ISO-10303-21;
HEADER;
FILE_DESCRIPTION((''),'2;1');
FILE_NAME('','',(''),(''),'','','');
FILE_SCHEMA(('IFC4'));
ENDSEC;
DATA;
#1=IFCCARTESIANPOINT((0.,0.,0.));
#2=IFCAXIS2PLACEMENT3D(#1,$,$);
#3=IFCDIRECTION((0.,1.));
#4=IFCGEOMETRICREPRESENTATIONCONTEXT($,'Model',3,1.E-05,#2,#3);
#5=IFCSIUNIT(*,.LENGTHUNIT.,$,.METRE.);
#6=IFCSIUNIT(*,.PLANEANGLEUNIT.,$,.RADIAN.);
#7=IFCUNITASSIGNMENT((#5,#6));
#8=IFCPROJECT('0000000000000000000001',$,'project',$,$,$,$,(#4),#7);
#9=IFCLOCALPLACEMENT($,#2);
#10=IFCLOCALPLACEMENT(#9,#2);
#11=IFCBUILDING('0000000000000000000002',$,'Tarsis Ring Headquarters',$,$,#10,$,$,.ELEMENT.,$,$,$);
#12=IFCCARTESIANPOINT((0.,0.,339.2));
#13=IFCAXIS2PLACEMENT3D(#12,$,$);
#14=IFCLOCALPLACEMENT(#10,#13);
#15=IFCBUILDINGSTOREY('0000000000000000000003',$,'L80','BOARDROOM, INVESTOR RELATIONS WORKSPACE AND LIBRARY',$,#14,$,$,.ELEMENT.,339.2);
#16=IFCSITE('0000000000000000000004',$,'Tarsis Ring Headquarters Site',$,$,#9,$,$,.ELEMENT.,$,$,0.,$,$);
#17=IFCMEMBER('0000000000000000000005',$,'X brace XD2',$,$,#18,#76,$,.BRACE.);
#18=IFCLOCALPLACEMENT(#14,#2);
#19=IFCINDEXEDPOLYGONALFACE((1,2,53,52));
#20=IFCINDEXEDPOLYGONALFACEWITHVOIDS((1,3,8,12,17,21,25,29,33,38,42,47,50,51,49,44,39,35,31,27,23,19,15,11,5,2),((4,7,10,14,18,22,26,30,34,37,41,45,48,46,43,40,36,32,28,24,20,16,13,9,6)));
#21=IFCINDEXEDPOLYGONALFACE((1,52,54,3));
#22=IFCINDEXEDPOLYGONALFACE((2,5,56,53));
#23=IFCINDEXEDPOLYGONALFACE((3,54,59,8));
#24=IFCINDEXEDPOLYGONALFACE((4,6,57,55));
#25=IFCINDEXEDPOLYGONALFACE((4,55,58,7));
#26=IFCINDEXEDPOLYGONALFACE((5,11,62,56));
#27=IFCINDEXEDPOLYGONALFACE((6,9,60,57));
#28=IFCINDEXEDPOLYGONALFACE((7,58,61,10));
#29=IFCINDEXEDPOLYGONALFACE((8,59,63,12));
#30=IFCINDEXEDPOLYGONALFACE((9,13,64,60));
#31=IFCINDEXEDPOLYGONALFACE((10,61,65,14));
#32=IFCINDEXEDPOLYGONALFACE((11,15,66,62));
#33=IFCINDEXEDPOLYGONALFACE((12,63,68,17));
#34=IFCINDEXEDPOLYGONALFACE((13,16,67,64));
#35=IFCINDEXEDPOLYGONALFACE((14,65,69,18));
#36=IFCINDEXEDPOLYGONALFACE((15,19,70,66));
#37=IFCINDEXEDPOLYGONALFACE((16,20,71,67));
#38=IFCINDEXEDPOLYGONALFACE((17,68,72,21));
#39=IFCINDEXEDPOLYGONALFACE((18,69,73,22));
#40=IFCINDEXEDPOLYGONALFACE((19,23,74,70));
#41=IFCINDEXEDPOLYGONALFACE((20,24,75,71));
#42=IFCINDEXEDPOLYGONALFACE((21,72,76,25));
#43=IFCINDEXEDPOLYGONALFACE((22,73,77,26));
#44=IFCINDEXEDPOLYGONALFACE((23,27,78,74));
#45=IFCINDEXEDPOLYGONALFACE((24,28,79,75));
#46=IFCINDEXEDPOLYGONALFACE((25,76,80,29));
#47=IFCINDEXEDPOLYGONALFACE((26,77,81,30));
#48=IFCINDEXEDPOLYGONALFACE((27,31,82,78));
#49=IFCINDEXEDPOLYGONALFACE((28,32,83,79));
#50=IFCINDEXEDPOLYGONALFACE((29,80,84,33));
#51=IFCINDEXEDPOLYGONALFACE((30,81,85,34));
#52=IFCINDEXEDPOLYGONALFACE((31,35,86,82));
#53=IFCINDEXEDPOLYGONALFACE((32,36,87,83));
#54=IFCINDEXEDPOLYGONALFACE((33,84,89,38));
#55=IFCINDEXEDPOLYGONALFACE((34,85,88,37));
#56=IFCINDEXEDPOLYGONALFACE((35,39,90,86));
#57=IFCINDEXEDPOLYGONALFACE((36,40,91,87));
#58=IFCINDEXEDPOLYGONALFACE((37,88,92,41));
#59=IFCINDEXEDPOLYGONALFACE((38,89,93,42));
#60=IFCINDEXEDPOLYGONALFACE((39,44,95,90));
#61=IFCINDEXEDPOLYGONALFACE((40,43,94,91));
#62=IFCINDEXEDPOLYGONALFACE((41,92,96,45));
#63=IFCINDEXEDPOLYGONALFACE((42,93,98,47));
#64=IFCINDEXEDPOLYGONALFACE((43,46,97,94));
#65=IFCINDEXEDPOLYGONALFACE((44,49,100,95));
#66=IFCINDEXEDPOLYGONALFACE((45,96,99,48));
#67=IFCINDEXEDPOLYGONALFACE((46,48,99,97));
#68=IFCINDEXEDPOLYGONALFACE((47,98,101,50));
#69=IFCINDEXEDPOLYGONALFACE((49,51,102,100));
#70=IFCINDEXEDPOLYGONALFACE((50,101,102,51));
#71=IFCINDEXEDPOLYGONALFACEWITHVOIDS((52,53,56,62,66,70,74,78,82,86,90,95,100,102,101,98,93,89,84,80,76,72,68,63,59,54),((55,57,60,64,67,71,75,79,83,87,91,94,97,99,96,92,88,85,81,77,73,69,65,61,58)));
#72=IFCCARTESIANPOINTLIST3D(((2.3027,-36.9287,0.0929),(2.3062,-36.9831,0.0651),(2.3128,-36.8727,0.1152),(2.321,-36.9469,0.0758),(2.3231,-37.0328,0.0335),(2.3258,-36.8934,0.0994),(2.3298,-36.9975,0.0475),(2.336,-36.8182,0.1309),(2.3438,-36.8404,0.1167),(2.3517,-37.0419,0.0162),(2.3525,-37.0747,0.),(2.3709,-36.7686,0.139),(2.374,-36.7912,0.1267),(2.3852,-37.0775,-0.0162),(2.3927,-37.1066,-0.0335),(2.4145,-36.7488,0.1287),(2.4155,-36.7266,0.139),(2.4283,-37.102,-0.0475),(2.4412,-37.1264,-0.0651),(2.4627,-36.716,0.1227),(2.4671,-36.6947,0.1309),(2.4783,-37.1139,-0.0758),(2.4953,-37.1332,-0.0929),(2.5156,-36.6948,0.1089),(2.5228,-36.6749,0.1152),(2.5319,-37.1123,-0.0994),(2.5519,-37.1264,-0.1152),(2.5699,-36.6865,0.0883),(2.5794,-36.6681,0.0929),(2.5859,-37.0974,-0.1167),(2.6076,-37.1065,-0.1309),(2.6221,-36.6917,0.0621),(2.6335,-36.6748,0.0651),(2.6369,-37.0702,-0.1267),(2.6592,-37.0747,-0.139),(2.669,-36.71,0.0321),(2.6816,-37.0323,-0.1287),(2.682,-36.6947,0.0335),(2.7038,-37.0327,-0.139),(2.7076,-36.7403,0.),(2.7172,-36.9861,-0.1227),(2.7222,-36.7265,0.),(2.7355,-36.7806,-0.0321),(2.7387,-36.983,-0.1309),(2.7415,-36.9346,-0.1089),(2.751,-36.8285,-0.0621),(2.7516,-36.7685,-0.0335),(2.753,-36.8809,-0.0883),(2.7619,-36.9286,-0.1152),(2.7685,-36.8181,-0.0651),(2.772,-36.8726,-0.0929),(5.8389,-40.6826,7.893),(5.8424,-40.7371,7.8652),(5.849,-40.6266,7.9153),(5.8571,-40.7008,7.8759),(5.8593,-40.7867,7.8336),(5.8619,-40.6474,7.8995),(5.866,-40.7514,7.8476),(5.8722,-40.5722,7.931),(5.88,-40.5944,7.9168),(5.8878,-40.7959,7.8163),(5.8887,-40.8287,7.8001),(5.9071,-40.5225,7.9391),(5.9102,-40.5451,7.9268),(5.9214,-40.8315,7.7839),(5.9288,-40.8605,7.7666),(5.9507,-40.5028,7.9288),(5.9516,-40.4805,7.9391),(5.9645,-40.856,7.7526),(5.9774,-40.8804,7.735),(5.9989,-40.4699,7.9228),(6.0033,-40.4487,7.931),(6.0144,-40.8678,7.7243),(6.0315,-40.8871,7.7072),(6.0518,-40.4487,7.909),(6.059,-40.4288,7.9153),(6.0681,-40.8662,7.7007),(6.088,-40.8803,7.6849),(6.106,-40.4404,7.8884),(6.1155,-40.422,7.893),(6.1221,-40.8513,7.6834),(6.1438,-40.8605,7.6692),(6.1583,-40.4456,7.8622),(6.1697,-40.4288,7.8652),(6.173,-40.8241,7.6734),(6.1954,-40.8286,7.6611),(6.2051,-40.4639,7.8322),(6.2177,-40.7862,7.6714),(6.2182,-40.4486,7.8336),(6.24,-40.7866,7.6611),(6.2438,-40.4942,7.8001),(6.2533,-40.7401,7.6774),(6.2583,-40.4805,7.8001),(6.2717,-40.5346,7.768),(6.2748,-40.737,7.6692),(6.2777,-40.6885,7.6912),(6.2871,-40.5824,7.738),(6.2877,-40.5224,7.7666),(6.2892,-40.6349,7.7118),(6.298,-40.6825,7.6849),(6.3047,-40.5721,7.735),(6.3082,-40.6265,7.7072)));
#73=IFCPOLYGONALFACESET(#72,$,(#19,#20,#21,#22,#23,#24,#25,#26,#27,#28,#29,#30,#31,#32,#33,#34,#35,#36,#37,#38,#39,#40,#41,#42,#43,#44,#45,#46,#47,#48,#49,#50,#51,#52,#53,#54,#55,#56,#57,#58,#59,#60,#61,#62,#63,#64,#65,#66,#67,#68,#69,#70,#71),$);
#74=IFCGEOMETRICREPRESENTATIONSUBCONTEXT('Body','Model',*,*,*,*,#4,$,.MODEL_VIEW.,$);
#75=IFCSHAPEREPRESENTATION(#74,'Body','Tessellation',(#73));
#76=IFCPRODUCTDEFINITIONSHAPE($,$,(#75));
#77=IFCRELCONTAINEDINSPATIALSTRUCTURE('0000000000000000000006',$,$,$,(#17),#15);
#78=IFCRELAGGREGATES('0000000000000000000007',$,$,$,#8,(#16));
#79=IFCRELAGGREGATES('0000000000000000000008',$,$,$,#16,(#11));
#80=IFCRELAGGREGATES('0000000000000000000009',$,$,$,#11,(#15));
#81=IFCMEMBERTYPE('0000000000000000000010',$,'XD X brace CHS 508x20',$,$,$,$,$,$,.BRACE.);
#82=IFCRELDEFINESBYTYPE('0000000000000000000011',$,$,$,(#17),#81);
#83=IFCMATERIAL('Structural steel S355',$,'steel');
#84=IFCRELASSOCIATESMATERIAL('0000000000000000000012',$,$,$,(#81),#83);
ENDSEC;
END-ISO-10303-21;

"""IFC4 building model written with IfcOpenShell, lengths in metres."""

from ifc_helpers import new_model, si_unit, direction, frame, origin, origin_2d, place, context, subcontext, project, spatial, hollow_circle, extrude, material, material_profile, profile_set, type_object, element, save


model = new_model("IFC4")

# Units and contexts
model_context = context("Model", 3, precision=1e-05, world=origin(), true_north=direction((0.0, 1.0)))
body_context = subcontext(model_context, "Body", "Model", "MODEL_VIEW")
ifc_project = project(units=[si_unit("LENGTHUNIT", "METRE"), si_unit("PLANEANGLEUNIT", "RADIAN")], contexts=[model_context])

# Site, building, storey
site_placement = place(None, origin())
site = spatial("IfcSite", under=ifc_project, at=site_placement, Name="Tarsis Ring Headquarters Site", CompositionType="ELEMENT", RefElevation=0.0)
building_placement = place(site_placement, origin())
building = spatial("IfcBuilding", under=site, at=building_placement, Name="Tarsis Ring Headquarters", CompositionType="ELEMENT")
storey_placement = place(building_placement, frame((0.0, 0.0, 339.2)))
storey = spatial("IfcBuildingStorey", under=building, at=storey_placement, Name="L80", Description="BOARDROOM, INVESTOR RELATIONS WORKSPACE AND LIBRARY", CompositionType="ELEMENT", Elevation=339.2)

# Shared definitions
ifc_material_1 = material(Name="Structural steel S355", Category="steel")

# Member
ifc_material_profile_1 = material_profile(ifc_material_1, hollow_circle(Radius=0.2539, WallThickness=0.02, at=origin_2d()), Name="CHS 508x20")
ifc_profile_set_1 = profile_set([ifc_material_profile_1], Name="Structural steel S355")
member_type = type_object("IfcMemberType", Name="XD X brace CHS 508x20", PredefinedType="BRACE", material=ifc_profile_set_1)
member_placement = place(storey_placement, frame((2.5374, -36.9006, 0.0), z_axis=(0.378165, -0.401454, 0.834162), x_axis=(0.727905, 0.685678, 0.0)))
element("IfcMember", 1, at=member_placement, inside=storey, type_object=member_type, Name="X brace XD2", PredefinedType="BRACE", context=body_context, shape_type="SweptSolid", body=[
    extrude(hollow_circle(Radius=0.2539, WallThickness=0.02, at=origin_2d()), origin(), (0.0, 0.0, 1.0), 9.3508),
])

save(model, "model.ifc")
